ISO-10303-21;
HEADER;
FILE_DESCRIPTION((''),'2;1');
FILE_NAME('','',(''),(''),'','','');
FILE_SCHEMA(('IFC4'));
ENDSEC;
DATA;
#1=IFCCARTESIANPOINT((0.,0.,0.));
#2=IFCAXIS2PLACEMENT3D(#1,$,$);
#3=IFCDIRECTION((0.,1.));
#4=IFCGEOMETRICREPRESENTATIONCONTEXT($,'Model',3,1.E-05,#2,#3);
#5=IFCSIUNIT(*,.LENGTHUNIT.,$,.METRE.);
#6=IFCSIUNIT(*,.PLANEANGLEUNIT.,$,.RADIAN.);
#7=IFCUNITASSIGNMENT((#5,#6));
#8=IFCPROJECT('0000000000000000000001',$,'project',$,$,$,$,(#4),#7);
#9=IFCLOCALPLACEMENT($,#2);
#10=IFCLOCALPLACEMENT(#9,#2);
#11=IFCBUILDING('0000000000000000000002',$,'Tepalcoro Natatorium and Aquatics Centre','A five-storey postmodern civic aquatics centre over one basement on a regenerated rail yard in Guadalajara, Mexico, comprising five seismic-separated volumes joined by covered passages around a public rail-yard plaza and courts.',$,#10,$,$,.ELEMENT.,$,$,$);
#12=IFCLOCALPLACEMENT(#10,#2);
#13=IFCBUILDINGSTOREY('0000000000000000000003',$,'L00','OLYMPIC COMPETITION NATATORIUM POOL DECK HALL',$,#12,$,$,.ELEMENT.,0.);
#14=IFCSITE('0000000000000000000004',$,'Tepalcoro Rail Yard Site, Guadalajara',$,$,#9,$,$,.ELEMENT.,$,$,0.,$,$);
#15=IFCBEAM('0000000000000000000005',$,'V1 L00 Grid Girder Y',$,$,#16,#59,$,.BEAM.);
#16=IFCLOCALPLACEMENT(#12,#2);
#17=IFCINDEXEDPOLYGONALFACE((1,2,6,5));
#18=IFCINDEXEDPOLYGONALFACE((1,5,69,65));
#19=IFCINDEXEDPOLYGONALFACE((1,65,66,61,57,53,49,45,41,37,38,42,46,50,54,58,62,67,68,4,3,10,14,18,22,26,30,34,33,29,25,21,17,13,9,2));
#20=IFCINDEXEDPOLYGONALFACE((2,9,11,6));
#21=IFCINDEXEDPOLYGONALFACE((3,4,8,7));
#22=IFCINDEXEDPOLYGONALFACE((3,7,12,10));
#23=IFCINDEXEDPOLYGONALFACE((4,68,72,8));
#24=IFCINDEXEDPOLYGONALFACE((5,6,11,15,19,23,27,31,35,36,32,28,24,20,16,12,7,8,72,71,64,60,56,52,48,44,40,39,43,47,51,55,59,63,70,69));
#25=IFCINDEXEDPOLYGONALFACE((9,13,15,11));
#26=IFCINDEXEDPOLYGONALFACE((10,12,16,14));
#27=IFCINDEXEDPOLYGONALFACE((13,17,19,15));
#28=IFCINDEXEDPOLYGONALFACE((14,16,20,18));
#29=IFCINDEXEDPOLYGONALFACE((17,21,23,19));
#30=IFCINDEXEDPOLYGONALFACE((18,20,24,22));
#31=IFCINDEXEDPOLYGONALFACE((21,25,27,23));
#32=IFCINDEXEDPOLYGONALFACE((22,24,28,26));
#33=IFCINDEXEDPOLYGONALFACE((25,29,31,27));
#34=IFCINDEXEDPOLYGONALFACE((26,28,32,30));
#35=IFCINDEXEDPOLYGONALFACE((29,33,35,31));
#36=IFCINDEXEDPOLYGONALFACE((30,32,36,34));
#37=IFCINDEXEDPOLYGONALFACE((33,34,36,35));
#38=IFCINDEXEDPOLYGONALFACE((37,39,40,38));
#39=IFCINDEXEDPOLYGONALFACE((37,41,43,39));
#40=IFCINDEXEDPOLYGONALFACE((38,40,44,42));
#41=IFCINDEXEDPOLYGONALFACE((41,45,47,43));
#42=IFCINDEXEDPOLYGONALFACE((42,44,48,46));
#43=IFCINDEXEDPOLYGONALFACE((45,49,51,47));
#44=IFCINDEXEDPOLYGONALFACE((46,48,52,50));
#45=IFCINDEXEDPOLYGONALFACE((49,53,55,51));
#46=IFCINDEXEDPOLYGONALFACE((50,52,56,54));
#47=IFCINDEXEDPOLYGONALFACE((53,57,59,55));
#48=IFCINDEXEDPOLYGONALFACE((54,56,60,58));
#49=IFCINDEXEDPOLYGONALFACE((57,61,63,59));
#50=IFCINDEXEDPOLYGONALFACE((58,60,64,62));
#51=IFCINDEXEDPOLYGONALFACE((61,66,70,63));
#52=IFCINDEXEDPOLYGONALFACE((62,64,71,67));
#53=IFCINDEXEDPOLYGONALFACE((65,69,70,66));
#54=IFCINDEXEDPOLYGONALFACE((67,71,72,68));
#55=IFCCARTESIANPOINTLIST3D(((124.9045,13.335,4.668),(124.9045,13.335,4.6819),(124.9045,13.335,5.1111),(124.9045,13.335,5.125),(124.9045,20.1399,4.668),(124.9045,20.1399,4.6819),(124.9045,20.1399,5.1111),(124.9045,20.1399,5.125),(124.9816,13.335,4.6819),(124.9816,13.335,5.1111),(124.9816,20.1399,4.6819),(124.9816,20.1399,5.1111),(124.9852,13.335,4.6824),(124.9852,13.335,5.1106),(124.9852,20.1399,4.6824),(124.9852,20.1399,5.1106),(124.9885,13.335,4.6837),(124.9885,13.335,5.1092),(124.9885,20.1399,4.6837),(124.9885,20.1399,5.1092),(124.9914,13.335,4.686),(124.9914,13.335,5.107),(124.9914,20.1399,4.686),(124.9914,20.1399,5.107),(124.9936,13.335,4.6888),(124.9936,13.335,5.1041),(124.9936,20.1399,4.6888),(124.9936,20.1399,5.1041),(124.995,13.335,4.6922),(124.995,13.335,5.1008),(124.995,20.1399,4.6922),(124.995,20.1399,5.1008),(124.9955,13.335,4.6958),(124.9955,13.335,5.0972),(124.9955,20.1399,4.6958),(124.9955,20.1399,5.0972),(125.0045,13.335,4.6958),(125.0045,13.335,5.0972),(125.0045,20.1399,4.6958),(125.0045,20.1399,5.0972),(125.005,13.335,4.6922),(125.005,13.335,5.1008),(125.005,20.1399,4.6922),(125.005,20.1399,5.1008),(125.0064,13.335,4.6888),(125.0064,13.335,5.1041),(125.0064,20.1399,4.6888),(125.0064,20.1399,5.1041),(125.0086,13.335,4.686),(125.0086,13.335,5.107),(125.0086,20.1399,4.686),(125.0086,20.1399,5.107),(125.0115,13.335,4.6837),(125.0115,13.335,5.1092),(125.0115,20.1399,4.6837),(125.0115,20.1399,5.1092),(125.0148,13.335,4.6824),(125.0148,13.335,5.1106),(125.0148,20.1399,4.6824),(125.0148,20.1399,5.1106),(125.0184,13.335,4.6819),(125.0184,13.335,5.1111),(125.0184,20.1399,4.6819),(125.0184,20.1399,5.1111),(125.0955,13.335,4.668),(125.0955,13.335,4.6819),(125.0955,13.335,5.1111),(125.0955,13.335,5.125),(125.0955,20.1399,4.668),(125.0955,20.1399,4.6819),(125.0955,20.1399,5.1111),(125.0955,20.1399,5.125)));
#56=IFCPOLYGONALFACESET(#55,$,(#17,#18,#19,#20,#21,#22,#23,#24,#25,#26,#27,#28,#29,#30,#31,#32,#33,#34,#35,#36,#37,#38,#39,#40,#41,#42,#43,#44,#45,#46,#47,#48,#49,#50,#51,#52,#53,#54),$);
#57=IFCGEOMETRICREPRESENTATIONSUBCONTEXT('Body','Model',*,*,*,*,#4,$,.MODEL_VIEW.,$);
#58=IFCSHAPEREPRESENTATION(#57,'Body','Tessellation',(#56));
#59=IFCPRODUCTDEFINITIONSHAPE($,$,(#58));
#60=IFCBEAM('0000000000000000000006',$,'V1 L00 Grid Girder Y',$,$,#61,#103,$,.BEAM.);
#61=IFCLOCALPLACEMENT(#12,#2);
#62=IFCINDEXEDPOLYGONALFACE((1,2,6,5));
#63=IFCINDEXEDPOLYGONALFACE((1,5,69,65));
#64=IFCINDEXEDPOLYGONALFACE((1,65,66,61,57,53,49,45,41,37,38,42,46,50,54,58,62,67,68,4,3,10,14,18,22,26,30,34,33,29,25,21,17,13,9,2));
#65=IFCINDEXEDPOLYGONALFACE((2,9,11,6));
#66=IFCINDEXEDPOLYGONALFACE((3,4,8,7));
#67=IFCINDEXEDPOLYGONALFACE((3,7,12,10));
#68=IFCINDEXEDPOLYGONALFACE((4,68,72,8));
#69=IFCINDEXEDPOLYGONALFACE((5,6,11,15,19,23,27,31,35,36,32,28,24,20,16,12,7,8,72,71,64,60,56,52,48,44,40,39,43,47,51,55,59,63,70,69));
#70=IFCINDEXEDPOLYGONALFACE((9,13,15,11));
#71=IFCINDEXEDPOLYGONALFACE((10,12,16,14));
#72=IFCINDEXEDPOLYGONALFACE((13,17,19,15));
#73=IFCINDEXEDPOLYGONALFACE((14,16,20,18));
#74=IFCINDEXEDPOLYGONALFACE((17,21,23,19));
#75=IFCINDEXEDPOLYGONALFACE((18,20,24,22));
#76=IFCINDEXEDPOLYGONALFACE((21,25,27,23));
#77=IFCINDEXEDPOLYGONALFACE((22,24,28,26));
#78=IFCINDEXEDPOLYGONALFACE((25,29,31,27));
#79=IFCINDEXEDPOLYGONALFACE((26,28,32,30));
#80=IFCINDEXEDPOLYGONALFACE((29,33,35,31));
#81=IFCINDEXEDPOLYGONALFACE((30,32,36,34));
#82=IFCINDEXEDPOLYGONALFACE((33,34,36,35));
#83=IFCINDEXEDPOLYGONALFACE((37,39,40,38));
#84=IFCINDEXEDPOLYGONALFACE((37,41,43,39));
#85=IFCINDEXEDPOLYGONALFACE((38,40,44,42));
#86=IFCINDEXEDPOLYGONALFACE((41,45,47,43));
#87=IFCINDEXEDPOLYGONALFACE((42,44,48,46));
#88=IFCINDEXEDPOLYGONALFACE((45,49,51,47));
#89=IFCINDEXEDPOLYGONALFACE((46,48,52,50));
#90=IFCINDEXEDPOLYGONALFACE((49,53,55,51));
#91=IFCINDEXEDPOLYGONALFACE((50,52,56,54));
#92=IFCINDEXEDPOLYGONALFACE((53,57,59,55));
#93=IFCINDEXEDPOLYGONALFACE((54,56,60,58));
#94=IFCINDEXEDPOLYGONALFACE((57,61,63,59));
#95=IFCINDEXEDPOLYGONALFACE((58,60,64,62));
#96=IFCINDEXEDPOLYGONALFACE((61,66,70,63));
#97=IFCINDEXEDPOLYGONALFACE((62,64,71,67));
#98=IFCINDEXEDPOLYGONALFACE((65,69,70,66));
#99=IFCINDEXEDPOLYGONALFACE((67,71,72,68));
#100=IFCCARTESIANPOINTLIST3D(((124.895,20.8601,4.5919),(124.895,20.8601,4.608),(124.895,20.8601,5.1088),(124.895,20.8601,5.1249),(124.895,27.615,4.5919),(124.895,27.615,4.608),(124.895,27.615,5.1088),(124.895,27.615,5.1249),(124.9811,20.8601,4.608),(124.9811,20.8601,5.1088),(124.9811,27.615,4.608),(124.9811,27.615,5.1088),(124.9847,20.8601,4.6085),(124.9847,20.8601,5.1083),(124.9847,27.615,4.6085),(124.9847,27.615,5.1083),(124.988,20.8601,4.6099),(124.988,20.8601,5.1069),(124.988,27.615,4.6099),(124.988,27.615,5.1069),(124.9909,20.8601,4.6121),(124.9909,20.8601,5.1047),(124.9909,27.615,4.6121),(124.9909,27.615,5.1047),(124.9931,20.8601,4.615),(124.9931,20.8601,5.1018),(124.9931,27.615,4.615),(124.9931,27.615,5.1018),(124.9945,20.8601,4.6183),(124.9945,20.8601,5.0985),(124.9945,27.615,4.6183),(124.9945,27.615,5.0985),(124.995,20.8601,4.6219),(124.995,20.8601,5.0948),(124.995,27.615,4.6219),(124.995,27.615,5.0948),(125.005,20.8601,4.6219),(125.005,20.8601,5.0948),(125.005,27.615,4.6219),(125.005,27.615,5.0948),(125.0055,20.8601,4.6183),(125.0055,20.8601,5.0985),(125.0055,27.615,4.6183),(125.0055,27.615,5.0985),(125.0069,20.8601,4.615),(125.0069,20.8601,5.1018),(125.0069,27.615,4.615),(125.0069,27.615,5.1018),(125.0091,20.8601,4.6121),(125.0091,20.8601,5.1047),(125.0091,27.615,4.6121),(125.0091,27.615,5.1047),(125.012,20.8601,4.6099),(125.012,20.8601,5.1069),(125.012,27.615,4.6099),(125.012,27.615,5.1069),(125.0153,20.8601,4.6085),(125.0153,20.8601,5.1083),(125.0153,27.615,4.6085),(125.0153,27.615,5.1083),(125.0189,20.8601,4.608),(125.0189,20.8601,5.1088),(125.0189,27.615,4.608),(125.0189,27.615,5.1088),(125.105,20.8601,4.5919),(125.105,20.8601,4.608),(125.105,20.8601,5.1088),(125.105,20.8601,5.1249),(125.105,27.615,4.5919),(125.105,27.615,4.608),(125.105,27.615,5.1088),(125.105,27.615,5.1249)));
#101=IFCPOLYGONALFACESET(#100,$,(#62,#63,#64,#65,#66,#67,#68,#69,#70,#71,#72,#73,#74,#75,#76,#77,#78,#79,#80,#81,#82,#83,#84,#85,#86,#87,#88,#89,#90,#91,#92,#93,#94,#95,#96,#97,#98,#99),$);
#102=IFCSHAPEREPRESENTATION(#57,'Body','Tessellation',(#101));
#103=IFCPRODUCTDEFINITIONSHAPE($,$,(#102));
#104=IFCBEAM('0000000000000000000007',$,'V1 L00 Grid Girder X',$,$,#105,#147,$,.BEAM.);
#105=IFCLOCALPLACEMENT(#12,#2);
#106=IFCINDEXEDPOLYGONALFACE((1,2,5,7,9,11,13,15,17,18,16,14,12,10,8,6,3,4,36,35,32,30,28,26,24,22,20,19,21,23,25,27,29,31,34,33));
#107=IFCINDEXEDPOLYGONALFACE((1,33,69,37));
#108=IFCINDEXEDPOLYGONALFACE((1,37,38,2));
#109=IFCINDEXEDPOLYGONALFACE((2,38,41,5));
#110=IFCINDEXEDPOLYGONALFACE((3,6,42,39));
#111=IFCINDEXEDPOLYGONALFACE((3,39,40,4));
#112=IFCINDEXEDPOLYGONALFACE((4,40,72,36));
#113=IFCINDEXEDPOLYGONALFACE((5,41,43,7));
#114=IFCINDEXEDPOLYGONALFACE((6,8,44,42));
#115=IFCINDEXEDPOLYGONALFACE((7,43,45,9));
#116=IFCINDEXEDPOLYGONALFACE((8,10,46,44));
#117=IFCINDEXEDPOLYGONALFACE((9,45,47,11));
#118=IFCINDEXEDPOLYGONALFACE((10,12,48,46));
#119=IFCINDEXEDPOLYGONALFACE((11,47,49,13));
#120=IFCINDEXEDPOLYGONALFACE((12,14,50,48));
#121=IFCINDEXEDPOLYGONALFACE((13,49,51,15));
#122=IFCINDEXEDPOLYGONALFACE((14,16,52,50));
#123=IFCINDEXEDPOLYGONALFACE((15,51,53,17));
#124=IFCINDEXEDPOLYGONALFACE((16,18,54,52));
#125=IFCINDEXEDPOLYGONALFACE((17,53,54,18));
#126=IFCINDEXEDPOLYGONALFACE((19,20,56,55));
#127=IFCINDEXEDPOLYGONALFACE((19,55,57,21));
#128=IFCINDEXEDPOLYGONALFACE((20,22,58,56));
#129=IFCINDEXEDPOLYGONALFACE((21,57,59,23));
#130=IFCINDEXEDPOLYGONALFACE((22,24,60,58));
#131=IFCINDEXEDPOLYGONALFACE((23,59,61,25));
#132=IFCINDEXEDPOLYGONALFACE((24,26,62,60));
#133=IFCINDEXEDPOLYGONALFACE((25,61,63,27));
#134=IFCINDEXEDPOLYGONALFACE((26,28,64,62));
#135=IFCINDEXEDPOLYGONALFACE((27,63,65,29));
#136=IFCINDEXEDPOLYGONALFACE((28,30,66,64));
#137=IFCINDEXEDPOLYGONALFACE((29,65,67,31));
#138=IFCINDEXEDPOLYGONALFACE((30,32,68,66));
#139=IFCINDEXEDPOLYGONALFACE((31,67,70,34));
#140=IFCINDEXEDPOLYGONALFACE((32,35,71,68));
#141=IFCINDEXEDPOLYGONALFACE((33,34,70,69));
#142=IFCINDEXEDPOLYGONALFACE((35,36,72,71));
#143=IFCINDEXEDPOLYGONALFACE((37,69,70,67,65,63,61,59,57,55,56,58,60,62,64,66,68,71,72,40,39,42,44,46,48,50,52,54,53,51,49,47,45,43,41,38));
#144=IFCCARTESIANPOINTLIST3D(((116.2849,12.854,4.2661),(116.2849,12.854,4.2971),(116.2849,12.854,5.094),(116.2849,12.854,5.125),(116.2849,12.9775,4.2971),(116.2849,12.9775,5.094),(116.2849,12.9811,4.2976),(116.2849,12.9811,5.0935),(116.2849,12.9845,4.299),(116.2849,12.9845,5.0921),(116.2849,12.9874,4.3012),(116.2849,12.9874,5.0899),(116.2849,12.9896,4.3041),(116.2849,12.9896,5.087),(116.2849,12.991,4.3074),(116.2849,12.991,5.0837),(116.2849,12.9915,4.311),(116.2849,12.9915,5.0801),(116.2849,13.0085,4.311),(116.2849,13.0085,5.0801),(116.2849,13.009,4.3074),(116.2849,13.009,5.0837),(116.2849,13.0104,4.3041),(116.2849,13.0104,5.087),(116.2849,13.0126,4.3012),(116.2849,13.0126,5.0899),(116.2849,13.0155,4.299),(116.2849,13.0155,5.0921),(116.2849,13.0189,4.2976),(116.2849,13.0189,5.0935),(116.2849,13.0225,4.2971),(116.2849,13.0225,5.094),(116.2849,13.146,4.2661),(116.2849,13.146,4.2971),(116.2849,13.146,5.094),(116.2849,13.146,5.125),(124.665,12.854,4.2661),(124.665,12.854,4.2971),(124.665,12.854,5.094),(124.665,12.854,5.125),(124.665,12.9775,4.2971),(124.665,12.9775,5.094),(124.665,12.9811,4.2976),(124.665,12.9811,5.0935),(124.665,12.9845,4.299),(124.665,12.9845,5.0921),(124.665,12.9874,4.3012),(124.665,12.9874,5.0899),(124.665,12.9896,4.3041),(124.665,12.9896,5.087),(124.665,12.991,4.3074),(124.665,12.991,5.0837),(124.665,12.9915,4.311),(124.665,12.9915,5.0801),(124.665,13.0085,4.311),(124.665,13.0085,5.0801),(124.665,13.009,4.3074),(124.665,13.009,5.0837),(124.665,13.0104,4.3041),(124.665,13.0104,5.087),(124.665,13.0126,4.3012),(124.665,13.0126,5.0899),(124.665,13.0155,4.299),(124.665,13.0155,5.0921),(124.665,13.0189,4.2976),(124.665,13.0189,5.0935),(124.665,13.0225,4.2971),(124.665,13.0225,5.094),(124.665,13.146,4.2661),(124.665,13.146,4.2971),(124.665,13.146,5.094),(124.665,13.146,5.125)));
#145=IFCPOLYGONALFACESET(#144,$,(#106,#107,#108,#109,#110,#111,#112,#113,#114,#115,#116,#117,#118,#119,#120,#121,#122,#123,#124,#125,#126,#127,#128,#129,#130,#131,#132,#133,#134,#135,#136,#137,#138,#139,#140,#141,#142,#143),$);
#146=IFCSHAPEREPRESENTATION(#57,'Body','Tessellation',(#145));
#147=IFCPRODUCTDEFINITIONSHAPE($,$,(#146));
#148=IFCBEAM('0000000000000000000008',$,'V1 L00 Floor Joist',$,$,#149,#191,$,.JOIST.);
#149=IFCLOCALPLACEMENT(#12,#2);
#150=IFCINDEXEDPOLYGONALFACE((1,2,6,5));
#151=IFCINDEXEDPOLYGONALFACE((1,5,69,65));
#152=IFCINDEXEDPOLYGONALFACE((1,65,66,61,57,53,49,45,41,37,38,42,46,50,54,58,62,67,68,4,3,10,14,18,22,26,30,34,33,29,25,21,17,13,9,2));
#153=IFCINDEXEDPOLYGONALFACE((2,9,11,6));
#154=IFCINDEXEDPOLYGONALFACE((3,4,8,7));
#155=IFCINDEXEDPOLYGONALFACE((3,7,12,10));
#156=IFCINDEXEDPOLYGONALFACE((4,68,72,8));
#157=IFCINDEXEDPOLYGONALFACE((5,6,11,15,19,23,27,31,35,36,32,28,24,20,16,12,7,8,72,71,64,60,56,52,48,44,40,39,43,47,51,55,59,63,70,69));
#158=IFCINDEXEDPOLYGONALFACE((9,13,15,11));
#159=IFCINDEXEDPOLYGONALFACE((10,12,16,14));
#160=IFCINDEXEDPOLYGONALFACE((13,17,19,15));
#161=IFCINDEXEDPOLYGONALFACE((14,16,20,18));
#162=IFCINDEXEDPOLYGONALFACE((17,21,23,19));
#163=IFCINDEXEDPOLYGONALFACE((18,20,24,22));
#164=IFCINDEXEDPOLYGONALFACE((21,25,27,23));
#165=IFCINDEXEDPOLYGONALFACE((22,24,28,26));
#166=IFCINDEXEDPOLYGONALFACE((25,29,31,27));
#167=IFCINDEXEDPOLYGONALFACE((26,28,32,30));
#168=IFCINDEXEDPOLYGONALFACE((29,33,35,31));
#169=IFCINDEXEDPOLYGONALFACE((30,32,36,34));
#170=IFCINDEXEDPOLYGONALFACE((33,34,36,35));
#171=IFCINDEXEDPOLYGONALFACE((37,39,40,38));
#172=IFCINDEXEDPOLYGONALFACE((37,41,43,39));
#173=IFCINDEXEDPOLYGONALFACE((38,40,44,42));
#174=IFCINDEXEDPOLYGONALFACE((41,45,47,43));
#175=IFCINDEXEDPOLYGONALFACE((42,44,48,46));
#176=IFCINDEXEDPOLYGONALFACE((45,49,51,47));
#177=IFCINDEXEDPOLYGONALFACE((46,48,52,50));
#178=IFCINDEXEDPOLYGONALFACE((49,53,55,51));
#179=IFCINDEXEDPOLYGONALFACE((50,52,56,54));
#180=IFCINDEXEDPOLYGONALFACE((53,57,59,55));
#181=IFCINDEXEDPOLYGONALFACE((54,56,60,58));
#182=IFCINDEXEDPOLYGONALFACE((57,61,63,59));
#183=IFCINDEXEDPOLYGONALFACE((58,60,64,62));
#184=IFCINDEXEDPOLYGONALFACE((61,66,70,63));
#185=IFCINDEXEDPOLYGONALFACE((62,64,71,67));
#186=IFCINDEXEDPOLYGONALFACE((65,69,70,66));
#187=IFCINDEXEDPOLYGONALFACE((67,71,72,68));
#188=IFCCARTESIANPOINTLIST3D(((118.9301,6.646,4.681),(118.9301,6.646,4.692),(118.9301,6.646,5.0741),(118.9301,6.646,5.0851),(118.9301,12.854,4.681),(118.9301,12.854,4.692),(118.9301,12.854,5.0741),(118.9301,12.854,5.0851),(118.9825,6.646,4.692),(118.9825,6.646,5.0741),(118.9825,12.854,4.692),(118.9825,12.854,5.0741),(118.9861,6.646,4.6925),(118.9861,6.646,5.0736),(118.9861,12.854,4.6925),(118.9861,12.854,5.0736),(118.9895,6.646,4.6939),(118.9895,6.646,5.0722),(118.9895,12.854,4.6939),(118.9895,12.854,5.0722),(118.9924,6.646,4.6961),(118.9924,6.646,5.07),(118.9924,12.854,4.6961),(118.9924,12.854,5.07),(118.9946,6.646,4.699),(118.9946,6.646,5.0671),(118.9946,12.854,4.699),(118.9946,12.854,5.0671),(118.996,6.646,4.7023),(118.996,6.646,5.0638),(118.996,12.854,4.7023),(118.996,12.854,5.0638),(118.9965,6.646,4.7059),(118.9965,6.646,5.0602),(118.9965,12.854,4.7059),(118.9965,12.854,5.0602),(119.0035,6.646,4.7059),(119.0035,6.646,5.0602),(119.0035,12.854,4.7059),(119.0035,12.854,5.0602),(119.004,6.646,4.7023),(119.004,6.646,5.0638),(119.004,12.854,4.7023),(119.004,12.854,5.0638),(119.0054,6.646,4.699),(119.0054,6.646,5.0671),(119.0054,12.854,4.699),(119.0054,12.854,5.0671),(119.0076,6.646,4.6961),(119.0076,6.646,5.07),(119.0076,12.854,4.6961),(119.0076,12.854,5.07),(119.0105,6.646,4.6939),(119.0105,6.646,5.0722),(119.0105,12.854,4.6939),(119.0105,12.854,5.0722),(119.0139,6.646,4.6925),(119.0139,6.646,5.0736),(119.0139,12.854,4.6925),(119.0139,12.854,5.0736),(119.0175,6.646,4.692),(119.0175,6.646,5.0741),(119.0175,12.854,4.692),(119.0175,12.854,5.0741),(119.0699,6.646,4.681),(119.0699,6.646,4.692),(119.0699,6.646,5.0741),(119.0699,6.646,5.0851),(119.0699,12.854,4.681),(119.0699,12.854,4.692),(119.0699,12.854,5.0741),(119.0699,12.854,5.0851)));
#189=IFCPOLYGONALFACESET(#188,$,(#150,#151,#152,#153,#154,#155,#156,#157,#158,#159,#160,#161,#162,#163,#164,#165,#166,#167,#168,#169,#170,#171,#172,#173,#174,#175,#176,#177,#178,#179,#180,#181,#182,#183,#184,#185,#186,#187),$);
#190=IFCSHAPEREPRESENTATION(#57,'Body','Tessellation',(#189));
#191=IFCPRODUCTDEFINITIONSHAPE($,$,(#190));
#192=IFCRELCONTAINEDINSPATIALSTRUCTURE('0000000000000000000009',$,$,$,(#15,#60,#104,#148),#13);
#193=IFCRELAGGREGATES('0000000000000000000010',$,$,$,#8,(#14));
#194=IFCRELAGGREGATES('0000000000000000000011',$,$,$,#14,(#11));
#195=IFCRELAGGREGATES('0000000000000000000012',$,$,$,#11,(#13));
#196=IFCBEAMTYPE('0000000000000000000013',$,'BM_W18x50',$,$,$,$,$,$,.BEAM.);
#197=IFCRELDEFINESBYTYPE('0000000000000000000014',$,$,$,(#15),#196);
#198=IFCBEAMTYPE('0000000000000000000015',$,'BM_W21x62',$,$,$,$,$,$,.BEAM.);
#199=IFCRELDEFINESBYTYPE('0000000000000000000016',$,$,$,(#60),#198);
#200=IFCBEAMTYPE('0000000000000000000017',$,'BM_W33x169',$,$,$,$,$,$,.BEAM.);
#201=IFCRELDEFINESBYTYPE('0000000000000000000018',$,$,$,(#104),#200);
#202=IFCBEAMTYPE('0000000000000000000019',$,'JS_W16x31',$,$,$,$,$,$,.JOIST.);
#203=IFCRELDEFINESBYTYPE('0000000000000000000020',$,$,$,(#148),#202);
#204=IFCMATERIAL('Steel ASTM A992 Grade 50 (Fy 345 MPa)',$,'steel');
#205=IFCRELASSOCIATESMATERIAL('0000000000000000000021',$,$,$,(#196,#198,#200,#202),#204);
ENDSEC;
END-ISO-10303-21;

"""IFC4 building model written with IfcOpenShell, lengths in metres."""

from ifc_helpers import new_model, si_unit, direction, frame, origin, origin_2d, place, context, subcontext, project, spatial, i_section, extrude, material, material_profile, profile_set, type_object, element, save


model = new_model("IFC4")

# Units and contexts
model_context = context("Model", 3, precision=1e-05, world=origin(), true_north=direction((0.0, 1.0)))
body_context = subcontext(model_context, "Body", "Model", "MODEL_VIEW")
ifc_project = project(units=[si_unit("LENGTHUNIT", "METRE"), si_unit("PLANEANGLEUNIT", "RADIAN")], contexts=[model_context])

# Site, building, storey
site_placement = place(None, origin())
site = spatial("IfcSite", under=ifc_project, at=site_placement, Name="Tepalcoro Rail Yard Site, Guadalajara", CompositionType="ELEMENT", RefElevation=0.0)
building_placement = place(site_placement, origin())
building = spatial("IfcBuilding", under=site, at=building_placement, Name="Tepalcoro Natatorium and Aquatics Centre", Description="A five-storey postmodern civic aquatics centre over one basement on a regenerated rail yard in Guadalajara, Mexico, comprising five seismic-separated volumes joined by covered passages around a public rail-yard plaza and courts.", CompositionType="ELEMENT")
storey_placement = place(building_placement, origin())
storey = spatial("IfcBuildingStorey", under=building, at=storey_placement, Name="L00", Description="OLYMPIC COMPETITION NATATORIUM POOL DECK HALL", CompositionType="ELEMENT", Elevation=0.0)

# Beams
ifc_material_1 = material(Name="Steel ASTM A992 Grade 50 (Fy 345 MPa)", Category="steel")
ifc_material_profile_1 = material_profile(ifc_material_1, i_section(OverallWidth=0.1909, OverallDepth=0.457, WebThickness=0.009, FlangeThickness=0.0139, FilletRadius=0.0139, at=origin_2d()), Name="W18X50")
ifc_profile_set_1 = profile_set([ifc_material_profile_1], Name="Steel ASTM A992 Grade 50 (Fy 345 MPa)")
beam_type_1 = type_object("IfcBeamType", Name="BM_W18x50", PredefinedType="BEAM", material=ifc_profile_set_1)
beam_1_placement = place(storey_placement, frame((125.0, 13.335, 4.8965), z_axis=(0.0, 1.0, 0.0), x_axis=(-1.0, 0.0, 0.0)))
element("IfcBeam", 1, at=beam_1_placement, inside=storey, type_object=beam_type_1, Name="V1 L00 Grid Girder Y", PredefinedType="BEAM", context=body_context, shape_type="SweptSolid", body=[
    extrude(i_section(OverallWidth=0.1909, OverallDepth=0.457, WebThickness=0.009, FlangeThickness=0.0139, FilletRadius=0.0139, at=origin_2d()), origin(), (0.0, 0.0, 1.0), 6.8049),
])
ifc_material_profile_2 = material_profile(ifc_material_1, i_section(OverallWidth=0.21, OverallDepth=0.533, WebThickness=0.01, FlangeThickness=0.0161, FilletRadius=0.0139, at=origin_2d()), Name="W21X62")
ifc_profile_set_2 = profile_set([ifc_material_profile_2], Name="Steel ASTM A992 Grade 50 (Fy 345 MPa)")
beam_type_2 = type_object("IfcBeamType", Name="BM_W21x62", PredefinedType="BEAM", material=ifc_profile_set_2)
beam_2_placement = place(storey_placement, frame((125.0, 20.8601, 4.8584), z_axis=(0.0, 1.0, 0.0), x_axis=(-1.0, 0.0, 0.0)))
element("IfcBeam", 2, at=beam_2_placement, inside=storey, type_object=beam_type_2, Name="V1 L00 Grid Girder Y", PredefinedType="BEAM", context=body_context, shape_type="SweptSolid", body=[
    extrude(i_section(OverallWidth=0.21, OverallDepth=0.533, WebThickness=0.01, FlangeThickness=0.0161, FilletRadius=0.0139, at=origin_2d()), origin(), (0.0, 0.0, 1.0), 6.7549),
])
ifc_material_profile_3 = material_profile(ifc_material_1, i_section(OverallWidth=0.292, OverallDepth=0.8589, WebThickness=0.0171, FlangeThickness=0.031, FilletRadius=0.0139, at=origin_2d()), Name="W33X169")
ifc_profile_set_3 = profile_set([ifc_material_profile_3], Name="Steel ASTM A992 Grade 50 (Fy 345 MPa)")
beam_type_3 = type_object("IfcBeamType", Name="BM_W33x169", PredefinedType="BEAM", material=ifc_profile_set_3)
beam_3_placement = place(storey_placement, frame((116.2849, 13.0, 4.6956), z_axis=(1.0, 0.0, 0.0), x_axis=(0.0, 1.0, 0.0)))
element("IfcBeam", 3, at=beam_3_placement, inside=storey, type_object=beam_type_3, Name="V1 L00 Grid Girder X", PredefinedType="BEAM", context=body_context, shape_type="SweptSolid", body=[
    extrude(i_section(OverallWidth=0.292, OverallDepth=0.8589, WebThickness=0.0171, FlangeThickness=0.031, FilletRadius=0.0139, at=origin_2d()), origin(), (0.0, 0.0, 1.0), 8.3801),
])
ifc_material_profile_4 = material_profile(ifc_material_1, i_section(OverallWidth=0.1399, OverallDepth=0.4041, WebThickness=0.0071, FlangeThickness=0.011, FilletRadius=0.0139, at=origin_2d()), Name="W16X31")
ifc_profile_set_4 = profile_set([ifc_material_profile_4], Name="Steel ASTM A992 Grade 50 (Fy 345 MPa)")
beam_type_4 = type_object("IfcBeamType", Name="JS_W16x31", PredefinedType="JOIST", material=ifc_profile_set_4)
beam_4_placement = place(storey_placement, frame((119.0, 6.646, 4.8831), z_axis=(0.0, 1.0, 0.0), x_axis=(-1.0, 0.0, 0.0)))
element("IfcBeam", 4, at=beam_4_placement, inside=storey, type_object=beam_type_4, Name="V1 L00 Floor Joist", PredefinedType="JOIST", context=body_context, shape_type="SweptSolid", body=[
    extrude(i_section(OverallWidth=0.1399, OverallDepth=0.4041, WebThickness=0.0071, FlangeThickness=0.011, FilletRadius=0.0139, at=origin_2d()), origin(), (0.0, 0.0, 1.0), 6.208),
])

save(model, "model.ifc")
